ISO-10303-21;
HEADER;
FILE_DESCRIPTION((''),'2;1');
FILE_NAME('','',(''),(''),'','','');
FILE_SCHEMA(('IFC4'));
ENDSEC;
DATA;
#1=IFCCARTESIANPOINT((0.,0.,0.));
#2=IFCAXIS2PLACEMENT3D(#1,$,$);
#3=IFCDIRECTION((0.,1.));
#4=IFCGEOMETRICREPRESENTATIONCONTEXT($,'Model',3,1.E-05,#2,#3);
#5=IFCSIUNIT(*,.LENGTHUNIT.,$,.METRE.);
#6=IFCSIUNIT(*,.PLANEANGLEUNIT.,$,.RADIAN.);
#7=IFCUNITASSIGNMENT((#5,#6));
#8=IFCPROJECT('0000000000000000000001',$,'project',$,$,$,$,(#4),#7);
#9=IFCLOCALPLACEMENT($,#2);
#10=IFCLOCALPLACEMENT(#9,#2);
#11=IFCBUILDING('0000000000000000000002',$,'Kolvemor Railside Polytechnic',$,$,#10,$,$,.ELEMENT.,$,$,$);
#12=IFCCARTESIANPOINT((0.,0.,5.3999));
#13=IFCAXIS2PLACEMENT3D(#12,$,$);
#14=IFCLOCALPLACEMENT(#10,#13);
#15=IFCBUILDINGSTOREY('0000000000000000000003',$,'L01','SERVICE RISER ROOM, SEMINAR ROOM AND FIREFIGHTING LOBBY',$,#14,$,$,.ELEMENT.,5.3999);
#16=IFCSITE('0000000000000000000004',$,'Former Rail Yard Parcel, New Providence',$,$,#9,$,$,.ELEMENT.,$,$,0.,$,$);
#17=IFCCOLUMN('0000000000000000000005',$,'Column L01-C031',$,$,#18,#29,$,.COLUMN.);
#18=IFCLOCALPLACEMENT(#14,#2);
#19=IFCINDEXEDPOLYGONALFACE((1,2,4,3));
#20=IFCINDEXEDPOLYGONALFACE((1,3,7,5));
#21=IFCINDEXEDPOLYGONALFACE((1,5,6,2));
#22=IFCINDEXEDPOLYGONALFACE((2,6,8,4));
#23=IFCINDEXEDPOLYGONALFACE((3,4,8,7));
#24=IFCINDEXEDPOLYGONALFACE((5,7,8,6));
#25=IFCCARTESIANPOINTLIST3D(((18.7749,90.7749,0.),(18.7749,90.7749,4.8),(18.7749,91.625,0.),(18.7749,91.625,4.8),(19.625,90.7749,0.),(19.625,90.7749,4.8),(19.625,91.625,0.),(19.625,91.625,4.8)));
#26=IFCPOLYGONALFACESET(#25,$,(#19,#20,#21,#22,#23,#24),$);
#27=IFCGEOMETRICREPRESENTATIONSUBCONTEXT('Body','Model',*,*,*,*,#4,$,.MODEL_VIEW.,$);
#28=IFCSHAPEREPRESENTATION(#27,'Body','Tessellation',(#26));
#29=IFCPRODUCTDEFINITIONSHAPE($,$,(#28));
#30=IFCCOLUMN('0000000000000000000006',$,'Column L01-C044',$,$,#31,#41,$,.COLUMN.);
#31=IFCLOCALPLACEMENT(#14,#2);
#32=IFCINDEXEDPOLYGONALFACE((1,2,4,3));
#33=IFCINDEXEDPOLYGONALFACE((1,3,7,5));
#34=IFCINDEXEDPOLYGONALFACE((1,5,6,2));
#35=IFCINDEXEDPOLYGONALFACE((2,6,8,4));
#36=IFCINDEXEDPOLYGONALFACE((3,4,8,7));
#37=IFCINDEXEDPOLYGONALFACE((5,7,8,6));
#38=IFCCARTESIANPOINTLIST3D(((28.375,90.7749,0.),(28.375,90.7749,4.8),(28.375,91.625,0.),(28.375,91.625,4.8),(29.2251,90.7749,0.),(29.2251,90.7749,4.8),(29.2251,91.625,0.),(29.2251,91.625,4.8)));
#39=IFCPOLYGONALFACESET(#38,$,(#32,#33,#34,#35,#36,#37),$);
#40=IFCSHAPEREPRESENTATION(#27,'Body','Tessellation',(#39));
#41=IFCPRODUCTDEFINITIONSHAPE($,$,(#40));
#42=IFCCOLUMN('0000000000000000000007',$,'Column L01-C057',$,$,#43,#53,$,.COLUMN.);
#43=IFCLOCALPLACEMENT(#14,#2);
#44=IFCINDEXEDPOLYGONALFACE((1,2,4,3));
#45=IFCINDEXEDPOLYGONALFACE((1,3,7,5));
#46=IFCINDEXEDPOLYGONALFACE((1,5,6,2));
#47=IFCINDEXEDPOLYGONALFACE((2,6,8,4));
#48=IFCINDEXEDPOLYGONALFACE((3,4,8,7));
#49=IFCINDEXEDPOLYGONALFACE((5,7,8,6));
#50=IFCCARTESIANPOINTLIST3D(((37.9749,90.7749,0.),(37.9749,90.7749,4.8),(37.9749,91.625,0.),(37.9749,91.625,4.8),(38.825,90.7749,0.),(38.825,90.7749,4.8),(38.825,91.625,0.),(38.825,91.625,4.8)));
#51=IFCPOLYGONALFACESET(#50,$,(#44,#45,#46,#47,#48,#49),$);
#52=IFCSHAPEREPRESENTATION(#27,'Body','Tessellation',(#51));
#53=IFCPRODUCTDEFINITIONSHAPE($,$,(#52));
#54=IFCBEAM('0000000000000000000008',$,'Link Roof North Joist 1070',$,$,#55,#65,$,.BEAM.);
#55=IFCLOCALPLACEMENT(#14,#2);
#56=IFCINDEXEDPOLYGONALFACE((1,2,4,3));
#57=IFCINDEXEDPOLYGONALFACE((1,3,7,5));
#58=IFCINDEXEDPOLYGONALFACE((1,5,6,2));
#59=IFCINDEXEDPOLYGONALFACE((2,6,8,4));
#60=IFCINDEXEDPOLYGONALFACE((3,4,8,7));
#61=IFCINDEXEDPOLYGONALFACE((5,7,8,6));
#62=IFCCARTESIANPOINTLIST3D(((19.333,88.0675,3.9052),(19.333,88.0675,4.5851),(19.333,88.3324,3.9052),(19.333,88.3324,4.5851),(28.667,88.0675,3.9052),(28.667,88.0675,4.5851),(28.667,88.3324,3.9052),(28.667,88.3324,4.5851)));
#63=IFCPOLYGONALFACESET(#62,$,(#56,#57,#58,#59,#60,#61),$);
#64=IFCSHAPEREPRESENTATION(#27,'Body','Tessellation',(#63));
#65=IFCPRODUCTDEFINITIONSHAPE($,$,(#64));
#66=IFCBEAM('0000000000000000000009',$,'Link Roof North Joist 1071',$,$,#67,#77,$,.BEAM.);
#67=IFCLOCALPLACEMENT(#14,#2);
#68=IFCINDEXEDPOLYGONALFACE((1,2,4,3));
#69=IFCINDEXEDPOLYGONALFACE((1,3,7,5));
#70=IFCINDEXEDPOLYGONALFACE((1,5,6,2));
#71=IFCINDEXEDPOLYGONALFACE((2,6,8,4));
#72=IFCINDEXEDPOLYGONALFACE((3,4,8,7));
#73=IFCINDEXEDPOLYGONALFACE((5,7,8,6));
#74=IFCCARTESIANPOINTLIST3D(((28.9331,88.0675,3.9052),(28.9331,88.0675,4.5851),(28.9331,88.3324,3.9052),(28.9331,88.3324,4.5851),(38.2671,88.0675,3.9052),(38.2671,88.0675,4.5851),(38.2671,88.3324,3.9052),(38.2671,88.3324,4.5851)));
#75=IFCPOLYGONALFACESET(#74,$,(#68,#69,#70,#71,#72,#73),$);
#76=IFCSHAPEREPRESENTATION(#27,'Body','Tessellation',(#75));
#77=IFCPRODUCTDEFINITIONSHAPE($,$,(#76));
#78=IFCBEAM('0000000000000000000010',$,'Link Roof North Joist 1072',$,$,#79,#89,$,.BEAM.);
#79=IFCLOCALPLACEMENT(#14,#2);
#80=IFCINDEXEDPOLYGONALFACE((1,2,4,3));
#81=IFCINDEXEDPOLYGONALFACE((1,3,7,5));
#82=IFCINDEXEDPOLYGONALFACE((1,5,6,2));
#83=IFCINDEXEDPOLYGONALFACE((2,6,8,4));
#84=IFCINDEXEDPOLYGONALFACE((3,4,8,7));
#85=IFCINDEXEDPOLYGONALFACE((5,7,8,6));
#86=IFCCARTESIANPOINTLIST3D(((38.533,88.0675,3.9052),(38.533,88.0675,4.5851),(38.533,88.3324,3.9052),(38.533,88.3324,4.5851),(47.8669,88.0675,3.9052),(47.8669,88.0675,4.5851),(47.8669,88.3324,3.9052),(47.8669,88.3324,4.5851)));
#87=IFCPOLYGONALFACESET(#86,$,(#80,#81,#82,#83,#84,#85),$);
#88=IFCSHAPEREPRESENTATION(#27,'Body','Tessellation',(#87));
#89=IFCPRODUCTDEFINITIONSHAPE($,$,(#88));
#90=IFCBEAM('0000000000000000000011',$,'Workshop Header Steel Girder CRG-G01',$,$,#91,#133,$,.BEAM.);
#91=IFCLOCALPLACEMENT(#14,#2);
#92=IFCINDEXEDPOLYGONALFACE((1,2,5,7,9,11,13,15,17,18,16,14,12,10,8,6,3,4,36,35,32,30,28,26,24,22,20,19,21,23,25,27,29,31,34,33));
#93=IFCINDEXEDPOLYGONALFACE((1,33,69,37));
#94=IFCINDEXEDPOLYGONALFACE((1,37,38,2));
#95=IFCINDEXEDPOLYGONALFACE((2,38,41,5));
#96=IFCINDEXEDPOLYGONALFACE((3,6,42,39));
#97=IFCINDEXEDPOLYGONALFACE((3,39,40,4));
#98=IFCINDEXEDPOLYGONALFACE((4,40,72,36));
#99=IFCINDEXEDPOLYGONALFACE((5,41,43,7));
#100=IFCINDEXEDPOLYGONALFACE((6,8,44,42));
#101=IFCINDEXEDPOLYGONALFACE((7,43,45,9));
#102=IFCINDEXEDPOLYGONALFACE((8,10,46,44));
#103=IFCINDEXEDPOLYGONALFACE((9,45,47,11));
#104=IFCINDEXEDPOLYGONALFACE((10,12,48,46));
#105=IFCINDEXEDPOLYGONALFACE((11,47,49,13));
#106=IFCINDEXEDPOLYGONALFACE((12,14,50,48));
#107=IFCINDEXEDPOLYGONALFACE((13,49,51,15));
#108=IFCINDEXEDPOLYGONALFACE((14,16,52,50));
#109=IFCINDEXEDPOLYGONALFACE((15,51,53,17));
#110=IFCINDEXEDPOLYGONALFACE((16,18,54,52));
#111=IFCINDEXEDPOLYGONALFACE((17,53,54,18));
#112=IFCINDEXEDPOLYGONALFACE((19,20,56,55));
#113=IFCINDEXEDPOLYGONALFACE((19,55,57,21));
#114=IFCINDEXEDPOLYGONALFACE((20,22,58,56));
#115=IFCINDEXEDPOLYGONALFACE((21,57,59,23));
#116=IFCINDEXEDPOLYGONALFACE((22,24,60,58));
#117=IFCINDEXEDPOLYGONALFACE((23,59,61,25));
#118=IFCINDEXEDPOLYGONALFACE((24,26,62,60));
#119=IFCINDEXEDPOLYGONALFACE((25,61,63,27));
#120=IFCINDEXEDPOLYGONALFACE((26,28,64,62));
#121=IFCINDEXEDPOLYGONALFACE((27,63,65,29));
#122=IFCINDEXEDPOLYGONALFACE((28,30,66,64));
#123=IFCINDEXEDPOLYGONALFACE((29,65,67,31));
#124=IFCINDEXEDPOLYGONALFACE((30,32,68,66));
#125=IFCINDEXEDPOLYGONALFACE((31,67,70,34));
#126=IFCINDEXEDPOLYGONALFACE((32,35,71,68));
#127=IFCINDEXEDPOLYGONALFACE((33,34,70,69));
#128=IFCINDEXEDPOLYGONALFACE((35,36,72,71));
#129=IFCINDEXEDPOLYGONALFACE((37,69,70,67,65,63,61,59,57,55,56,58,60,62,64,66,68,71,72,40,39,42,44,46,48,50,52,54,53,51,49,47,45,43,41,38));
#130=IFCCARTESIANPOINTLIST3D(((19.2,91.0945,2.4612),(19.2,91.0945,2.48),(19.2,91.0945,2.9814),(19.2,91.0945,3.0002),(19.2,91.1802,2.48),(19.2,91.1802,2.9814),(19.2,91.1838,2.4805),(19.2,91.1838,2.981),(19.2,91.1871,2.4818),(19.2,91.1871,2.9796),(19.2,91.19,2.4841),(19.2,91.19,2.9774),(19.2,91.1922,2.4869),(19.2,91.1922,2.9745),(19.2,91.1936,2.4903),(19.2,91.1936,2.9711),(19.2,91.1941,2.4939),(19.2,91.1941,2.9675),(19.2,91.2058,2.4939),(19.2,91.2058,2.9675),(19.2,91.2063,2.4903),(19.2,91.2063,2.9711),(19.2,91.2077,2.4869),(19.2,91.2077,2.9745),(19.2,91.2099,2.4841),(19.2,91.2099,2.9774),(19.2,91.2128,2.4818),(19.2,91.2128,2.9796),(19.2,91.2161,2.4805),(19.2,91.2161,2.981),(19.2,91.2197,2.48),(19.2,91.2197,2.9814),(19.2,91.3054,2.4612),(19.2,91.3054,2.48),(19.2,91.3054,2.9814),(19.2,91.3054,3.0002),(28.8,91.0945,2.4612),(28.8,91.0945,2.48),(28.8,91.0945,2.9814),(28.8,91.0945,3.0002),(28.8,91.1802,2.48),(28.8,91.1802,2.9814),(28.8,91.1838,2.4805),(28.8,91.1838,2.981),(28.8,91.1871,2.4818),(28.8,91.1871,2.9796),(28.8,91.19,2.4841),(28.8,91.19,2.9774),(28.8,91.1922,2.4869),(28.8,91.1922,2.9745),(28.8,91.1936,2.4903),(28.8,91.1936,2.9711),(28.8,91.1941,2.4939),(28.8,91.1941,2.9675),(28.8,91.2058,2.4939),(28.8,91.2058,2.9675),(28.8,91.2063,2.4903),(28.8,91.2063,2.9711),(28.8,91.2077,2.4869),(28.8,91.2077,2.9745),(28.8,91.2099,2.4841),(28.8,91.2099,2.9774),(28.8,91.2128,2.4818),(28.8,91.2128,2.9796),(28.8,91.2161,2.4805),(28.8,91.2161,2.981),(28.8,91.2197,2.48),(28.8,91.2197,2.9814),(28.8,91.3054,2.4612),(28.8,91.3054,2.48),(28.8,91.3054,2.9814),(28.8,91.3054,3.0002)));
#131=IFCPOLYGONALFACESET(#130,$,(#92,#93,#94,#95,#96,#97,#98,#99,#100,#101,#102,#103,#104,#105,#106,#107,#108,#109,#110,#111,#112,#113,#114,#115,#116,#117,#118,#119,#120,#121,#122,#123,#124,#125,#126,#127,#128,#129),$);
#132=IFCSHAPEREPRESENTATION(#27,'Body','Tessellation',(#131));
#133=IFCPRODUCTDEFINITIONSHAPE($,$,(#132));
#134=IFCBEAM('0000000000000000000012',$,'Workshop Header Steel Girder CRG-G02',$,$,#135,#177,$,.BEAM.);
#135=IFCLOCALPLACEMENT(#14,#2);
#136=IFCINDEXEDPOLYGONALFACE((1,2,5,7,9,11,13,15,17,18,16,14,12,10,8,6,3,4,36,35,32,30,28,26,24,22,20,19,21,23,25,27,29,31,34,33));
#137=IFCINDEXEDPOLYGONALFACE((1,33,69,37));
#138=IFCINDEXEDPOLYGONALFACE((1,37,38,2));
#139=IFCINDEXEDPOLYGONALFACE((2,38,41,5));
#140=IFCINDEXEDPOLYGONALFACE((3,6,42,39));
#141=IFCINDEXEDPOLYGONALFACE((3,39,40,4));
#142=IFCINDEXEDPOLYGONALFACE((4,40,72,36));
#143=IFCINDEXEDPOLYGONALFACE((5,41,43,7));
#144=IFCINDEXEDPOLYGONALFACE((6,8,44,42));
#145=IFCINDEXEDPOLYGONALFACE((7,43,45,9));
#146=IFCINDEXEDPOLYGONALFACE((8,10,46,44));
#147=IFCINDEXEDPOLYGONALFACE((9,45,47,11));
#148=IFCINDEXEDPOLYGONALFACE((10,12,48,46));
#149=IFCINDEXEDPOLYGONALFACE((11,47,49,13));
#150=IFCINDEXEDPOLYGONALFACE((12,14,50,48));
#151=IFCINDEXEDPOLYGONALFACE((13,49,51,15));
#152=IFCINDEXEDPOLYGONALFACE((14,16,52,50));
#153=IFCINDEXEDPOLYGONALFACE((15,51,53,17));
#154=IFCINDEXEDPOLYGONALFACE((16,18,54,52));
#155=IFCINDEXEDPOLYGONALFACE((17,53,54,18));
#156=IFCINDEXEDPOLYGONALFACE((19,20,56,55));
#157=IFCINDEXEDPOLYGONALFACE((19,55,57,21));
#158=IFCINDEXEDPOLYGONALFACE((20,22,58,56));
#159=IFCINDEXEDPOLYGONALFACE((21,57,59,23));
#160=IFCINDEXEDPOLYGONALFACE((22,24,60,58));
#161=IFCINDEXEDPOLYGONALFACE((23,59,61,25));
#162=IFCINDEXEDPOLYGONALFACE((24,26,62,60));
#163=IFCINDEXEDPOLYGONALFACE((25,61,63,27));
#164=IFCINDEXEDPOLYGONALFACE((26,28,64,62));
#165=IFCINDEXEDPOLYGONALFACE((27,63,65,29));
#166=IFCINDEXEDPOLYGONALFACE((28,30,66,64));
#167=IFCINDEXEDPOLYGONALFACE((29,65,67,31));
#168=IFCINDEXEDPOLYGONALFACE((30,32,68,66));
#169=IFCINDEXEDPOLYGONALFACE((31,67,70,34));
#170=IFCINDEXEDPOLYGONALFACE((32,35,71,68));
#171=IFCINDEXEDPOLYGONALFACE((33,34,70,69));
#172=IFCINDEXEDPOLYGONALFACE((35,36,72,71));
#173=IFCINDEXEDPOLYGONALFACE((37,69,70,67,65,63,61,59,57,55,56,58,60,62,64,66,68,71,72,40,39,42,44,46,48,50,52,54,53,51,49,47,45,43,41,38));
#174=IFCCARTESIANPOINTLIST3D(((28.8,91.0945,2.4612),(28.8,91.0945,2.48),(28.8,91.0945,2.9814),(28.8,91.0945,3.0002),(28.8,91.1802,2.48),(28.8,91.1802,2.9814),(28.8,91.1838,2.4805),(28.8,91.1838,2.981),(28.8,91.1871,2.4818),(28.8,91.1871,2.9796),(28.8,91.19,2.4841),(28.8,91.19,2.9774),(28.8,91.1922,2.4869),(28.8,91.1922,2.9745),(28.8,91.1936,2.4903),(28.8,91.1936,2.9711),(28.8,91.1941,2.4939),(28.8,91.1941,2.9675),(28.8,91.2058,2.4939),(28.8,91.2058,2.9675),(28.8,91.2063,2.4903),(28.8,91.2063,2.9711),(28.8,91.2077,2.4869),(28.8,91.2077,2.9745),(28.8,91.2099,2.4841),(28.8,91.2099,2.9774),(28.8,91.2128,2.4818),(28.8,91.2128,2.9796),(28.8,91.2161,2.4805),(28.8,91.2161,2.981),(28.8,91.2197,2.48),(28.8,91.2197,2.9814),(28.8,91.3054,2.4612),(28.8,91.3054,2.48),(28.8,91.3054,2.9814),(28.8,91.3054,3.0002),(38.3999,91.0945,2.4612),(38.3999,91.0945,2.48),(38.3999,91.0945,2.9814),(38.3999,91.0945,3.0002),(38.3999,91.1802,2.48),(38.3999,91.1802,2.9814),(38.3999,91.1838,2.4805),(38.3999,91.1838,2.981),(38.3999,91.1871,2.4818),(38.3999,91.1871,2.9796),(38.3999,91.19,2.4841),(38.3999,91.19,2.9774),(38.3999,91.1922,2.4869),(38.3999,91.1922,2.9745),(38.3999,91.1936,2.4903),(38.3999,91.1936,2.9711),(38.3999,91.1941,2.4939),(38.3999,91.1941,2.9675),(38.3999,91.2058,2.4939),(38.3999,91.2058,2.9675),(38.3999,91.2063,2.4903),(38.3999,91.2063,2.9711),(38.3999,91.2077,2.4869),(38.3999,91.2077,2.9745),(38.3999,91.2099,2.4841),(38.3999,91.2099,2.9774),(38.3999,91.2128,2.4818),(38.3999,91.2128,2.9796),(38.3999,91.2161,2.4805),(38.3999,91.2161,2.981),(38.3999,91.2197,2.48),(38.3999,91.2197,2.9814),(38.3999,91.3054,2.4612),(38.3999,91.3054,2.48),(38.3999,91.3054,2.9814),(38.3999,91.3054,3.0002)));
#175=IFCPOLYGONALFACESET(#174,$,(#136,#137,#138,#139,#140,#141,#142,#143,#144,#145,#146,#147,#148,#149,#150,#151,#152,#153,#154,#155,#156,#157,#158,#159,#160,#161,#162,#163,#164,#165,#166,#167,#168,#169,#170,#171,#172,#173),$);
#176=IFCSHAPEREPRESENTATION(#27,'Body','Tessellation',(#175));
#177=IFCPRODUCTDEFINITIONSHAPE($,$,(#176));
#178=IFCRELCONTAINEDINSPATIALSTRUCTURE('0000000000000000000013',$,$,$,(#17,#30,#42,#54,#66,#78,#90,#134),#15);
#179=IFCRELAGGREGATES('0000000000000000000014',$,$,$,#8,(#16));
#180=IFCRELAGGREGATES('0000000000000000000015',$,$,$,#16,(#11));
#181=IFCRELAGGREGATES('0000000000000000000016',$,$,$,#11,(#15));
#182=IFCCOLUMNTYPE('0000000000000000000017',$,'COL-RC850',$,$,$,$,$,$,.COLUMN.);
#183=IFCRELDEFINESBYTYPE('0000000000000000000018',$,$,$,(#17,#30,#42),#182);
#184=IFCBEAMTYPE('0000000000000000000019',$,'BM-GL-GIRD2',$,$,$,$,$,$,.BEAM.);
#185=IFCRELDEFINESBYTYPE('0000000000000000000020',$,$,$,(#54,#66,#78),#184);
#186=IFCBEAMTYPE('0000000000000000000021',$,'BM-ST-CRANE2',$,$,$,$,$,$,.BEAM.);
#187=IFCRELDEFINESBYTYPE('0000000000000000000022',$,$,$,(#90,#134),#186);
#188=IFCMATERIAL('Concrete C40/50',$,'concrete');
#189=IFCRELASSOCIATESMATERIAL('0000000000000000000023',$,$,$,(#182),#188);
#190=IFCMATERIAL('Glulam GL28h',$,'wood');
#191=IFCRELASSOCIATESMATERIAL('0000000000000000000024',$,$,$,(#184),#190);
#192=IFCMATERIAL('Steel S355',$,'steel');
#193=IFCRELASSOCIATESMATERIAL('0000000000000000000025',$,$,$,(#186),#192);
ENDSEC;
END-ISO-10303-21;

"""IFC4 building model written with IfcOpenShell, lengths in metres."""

from ifc_helpers import new_model, si_unit, direction, frame, origin, origin_2d, place, context, subcontext, project, spatial, rectangle, i_section, extrude, material, material_profile, profile_set, type_object, element, save


model = new_model("IFC4")

# Units and contexts
model_context = context("Model", 3, precision=1e-05, world=origin(), true_north=direction((0.0, 1.0)))
body_context = subcontext(model_context, "Body", "Model", "MODEL_VIEW")
ifc_project = project(units=[si_unit("LENGTHUNIT", "METRE"), si_unit("PLANEANGLEUNIT", "RADIAN")], contexts=[model_context])

# Site, building, storey
site_placement = place(None, origin())
site = spatial("IfcSite", under=ifc_project, at=site_placement, Name="Former Rail Yard Parcel, New Providence", CompositionType="ELEMENT", RefElevation=0.0)
building_placement = place(site_placement, origin())
building = spatial("IfcBuilding", under=site, at=building_placement, Name="Kolvemor Railside Polytechnic", CompositionType="ELEMENT")
storey_placement = place(building_placement, frame((0.0, 0.0, 5.3999)))
storey = spatial("IfcBuildingStorey", under=building, at=storey_placement, Name="L01", Description="SERVICE RISER ROOM, SEMINAR ROOM AND FIREFIGHTING LOBBY", CompositionType="ELEMENT", Elevation=5.3999)

# Columns
ifc_material_1 = material(Name="Concrete C40/50", Category="concrete")
ifc_material_profile_1 = material_profile(ifc_material_1, rectangle(XDim=0.8501, YDim=0.8501, at=origin_2d()), Name="RC850x850")
ifc_profile_set_1 = profile_set([ifc_material_profile_1], Name="Concrete C40/50")
column_type = type_object("IfcColumnType", Name="COL-RC850", PredefinedType="COLUMN", material=ifc_profile_set_1)
for number, where, z_axis, x_axis, name in (
    (1, (19.2, 91.2, 0.0), (0.0, 0.0, 1.0), (1.0, 0.0, 0.0), "Column L01-C031"),
    (2, (28.8, 91.2, 0.0), (0.0, 0.0, 1.0), (1.0, 0.0, 0.0), "Column L01-C044"),
    (3, (38.3999, 91.2, 0.0), (0.0, 0.0, 1.0), (1.0, 0.0, 0.0), "Column L01-C057"),
):
    element("IfcColumn", number, at=place(storey_placement, frame(where, z_axis=z_axis, x_axis=x_axis)), inside=storey, type_object=column_type, Name=name, PredefinedType="COLUMN", context=body_context, shape_type="SweptSolid", body=[
        extrude(rectangle(XDim=0.8501, YDim=0.8501, at=origin_2d()), origin(), (0.0, 0.0, 1.0), 4.8),
    ])

# Beams
ifc_material_2 = material(Name="Glulam GL28h", Category="wood")
ifc_material_profile_2 = material_profile(ifc_material_2, rectangle(XDim=0.2649, YDim=0.6799, at=origin_2d()), Name="GL265x680")
ifc_profile_set_2 = profile_set([ifc_material_profile_2], Name="Glulam GL28h")
beam_type_1 = type_object("IfcBeamType", Name="BM-GL-GIRD2", PredefinedType="BEAM", material=ifc_profile_set_2)
for number, where, z_axis, x_axis, name in (
    (4, (19.333, 88.2, 4.2451), (1.0, 0.0, 0.0), (0.0, 1.0, 0.0), "Link Roof North Joist 1070"),
    (5, (28.9331, 88.2, 4.2451), (1.0, 0.0, 0.0), (0.0, 1.0, 0.0), "Link Roof North Joist 1071"),
    (6, (38.533, 88.2, 4.2451), (1.0, 0.0, 0.0), (0.0, 1.0, 0.0), "Link Roof North Joist 1072"),
):
    element("IfcBeam", number, at=place(storey_placement, frame(where, z_axis=z_axis, x_axis=x_axis)), inside=storey, type_object=beam_type_1, Name=name, PredefinedType="BEAM", context=body_context, shape_type="SweptSolid", body=[
        extrude(rectangle(XDim=0.2649, YDim=0.6799, at=origin_2d()), origin(), (0.0, 0.0, 1.0), 9.334),
    ])
ifc_material_3 = material(Name="Steel S355", Category="steel")
ifc_material_profile_3 = material_profile(ifc_material_3, i_section(OverallWidth=0.2109, OverallDepth=0.5391, WebThickness=0.0117, FlangeThickness=0.0188, FilletRadius=0.0139, at=origin_2d()), Name="W530x109")
ifc_profile_set_3 = profile_set([ifc_material_profile_3], Name="Steel S355")
beam_type_2 = type_object("IfcBeamType", Name="BM-ST-CRANE2", PredefinedType="BEAM", material=ifc_profile_set_3)
beam_1_placement = place(storey_placement, frame((19.2, 91.2, 2.7307), z_axis=(1.0, 0.0, 0.0), x_axis=(0.0, 1.0, 0.0)))
element("IfcBeam", 7, at=beam_1_placement, inside=storey, type_object=beam_type_2, Name="Workshop Header Steel Girder CRG-G01", PredefinedType="BEAM", context=body_context, shape_type="SweptSolid", body=[
    extrude(i_section(OverallWidth=0.2109, OverallDepth=0.5391, WebThickness=0.0117, FlangeThickness=0.0188, FilletRadius=0.0139, at=origin_2d()), origin(), (0.0, 0.0, 1.0), 9.6001),
])
beam_2_placement = place(storey_placement, frame((28.8, 91.2, 2.7307), z_axis=(1.0, 0.0, 0.0), x_axis=(0.0, 1.0, 0.0)))
element("IfcBeam", 8, at=beam_2_placement, inside=storey, type_object=beam_type_2, Name="Workshop Header Steel Girder CRG-G02", PredefinedType="BEAM", context=body_context, shape_type="SweptSolid", body=[
    extrude(i_section(OverallWidth=0.2109, OverallDepth=0.5391, WebThickness=0.0117, FlangeThickness=0.0188, FilletRadius=0.0139, at=origin_2d()), origin(), (0.0, 0.0, 1.0), 9.5999),
])

save(model, "model.ifc")
